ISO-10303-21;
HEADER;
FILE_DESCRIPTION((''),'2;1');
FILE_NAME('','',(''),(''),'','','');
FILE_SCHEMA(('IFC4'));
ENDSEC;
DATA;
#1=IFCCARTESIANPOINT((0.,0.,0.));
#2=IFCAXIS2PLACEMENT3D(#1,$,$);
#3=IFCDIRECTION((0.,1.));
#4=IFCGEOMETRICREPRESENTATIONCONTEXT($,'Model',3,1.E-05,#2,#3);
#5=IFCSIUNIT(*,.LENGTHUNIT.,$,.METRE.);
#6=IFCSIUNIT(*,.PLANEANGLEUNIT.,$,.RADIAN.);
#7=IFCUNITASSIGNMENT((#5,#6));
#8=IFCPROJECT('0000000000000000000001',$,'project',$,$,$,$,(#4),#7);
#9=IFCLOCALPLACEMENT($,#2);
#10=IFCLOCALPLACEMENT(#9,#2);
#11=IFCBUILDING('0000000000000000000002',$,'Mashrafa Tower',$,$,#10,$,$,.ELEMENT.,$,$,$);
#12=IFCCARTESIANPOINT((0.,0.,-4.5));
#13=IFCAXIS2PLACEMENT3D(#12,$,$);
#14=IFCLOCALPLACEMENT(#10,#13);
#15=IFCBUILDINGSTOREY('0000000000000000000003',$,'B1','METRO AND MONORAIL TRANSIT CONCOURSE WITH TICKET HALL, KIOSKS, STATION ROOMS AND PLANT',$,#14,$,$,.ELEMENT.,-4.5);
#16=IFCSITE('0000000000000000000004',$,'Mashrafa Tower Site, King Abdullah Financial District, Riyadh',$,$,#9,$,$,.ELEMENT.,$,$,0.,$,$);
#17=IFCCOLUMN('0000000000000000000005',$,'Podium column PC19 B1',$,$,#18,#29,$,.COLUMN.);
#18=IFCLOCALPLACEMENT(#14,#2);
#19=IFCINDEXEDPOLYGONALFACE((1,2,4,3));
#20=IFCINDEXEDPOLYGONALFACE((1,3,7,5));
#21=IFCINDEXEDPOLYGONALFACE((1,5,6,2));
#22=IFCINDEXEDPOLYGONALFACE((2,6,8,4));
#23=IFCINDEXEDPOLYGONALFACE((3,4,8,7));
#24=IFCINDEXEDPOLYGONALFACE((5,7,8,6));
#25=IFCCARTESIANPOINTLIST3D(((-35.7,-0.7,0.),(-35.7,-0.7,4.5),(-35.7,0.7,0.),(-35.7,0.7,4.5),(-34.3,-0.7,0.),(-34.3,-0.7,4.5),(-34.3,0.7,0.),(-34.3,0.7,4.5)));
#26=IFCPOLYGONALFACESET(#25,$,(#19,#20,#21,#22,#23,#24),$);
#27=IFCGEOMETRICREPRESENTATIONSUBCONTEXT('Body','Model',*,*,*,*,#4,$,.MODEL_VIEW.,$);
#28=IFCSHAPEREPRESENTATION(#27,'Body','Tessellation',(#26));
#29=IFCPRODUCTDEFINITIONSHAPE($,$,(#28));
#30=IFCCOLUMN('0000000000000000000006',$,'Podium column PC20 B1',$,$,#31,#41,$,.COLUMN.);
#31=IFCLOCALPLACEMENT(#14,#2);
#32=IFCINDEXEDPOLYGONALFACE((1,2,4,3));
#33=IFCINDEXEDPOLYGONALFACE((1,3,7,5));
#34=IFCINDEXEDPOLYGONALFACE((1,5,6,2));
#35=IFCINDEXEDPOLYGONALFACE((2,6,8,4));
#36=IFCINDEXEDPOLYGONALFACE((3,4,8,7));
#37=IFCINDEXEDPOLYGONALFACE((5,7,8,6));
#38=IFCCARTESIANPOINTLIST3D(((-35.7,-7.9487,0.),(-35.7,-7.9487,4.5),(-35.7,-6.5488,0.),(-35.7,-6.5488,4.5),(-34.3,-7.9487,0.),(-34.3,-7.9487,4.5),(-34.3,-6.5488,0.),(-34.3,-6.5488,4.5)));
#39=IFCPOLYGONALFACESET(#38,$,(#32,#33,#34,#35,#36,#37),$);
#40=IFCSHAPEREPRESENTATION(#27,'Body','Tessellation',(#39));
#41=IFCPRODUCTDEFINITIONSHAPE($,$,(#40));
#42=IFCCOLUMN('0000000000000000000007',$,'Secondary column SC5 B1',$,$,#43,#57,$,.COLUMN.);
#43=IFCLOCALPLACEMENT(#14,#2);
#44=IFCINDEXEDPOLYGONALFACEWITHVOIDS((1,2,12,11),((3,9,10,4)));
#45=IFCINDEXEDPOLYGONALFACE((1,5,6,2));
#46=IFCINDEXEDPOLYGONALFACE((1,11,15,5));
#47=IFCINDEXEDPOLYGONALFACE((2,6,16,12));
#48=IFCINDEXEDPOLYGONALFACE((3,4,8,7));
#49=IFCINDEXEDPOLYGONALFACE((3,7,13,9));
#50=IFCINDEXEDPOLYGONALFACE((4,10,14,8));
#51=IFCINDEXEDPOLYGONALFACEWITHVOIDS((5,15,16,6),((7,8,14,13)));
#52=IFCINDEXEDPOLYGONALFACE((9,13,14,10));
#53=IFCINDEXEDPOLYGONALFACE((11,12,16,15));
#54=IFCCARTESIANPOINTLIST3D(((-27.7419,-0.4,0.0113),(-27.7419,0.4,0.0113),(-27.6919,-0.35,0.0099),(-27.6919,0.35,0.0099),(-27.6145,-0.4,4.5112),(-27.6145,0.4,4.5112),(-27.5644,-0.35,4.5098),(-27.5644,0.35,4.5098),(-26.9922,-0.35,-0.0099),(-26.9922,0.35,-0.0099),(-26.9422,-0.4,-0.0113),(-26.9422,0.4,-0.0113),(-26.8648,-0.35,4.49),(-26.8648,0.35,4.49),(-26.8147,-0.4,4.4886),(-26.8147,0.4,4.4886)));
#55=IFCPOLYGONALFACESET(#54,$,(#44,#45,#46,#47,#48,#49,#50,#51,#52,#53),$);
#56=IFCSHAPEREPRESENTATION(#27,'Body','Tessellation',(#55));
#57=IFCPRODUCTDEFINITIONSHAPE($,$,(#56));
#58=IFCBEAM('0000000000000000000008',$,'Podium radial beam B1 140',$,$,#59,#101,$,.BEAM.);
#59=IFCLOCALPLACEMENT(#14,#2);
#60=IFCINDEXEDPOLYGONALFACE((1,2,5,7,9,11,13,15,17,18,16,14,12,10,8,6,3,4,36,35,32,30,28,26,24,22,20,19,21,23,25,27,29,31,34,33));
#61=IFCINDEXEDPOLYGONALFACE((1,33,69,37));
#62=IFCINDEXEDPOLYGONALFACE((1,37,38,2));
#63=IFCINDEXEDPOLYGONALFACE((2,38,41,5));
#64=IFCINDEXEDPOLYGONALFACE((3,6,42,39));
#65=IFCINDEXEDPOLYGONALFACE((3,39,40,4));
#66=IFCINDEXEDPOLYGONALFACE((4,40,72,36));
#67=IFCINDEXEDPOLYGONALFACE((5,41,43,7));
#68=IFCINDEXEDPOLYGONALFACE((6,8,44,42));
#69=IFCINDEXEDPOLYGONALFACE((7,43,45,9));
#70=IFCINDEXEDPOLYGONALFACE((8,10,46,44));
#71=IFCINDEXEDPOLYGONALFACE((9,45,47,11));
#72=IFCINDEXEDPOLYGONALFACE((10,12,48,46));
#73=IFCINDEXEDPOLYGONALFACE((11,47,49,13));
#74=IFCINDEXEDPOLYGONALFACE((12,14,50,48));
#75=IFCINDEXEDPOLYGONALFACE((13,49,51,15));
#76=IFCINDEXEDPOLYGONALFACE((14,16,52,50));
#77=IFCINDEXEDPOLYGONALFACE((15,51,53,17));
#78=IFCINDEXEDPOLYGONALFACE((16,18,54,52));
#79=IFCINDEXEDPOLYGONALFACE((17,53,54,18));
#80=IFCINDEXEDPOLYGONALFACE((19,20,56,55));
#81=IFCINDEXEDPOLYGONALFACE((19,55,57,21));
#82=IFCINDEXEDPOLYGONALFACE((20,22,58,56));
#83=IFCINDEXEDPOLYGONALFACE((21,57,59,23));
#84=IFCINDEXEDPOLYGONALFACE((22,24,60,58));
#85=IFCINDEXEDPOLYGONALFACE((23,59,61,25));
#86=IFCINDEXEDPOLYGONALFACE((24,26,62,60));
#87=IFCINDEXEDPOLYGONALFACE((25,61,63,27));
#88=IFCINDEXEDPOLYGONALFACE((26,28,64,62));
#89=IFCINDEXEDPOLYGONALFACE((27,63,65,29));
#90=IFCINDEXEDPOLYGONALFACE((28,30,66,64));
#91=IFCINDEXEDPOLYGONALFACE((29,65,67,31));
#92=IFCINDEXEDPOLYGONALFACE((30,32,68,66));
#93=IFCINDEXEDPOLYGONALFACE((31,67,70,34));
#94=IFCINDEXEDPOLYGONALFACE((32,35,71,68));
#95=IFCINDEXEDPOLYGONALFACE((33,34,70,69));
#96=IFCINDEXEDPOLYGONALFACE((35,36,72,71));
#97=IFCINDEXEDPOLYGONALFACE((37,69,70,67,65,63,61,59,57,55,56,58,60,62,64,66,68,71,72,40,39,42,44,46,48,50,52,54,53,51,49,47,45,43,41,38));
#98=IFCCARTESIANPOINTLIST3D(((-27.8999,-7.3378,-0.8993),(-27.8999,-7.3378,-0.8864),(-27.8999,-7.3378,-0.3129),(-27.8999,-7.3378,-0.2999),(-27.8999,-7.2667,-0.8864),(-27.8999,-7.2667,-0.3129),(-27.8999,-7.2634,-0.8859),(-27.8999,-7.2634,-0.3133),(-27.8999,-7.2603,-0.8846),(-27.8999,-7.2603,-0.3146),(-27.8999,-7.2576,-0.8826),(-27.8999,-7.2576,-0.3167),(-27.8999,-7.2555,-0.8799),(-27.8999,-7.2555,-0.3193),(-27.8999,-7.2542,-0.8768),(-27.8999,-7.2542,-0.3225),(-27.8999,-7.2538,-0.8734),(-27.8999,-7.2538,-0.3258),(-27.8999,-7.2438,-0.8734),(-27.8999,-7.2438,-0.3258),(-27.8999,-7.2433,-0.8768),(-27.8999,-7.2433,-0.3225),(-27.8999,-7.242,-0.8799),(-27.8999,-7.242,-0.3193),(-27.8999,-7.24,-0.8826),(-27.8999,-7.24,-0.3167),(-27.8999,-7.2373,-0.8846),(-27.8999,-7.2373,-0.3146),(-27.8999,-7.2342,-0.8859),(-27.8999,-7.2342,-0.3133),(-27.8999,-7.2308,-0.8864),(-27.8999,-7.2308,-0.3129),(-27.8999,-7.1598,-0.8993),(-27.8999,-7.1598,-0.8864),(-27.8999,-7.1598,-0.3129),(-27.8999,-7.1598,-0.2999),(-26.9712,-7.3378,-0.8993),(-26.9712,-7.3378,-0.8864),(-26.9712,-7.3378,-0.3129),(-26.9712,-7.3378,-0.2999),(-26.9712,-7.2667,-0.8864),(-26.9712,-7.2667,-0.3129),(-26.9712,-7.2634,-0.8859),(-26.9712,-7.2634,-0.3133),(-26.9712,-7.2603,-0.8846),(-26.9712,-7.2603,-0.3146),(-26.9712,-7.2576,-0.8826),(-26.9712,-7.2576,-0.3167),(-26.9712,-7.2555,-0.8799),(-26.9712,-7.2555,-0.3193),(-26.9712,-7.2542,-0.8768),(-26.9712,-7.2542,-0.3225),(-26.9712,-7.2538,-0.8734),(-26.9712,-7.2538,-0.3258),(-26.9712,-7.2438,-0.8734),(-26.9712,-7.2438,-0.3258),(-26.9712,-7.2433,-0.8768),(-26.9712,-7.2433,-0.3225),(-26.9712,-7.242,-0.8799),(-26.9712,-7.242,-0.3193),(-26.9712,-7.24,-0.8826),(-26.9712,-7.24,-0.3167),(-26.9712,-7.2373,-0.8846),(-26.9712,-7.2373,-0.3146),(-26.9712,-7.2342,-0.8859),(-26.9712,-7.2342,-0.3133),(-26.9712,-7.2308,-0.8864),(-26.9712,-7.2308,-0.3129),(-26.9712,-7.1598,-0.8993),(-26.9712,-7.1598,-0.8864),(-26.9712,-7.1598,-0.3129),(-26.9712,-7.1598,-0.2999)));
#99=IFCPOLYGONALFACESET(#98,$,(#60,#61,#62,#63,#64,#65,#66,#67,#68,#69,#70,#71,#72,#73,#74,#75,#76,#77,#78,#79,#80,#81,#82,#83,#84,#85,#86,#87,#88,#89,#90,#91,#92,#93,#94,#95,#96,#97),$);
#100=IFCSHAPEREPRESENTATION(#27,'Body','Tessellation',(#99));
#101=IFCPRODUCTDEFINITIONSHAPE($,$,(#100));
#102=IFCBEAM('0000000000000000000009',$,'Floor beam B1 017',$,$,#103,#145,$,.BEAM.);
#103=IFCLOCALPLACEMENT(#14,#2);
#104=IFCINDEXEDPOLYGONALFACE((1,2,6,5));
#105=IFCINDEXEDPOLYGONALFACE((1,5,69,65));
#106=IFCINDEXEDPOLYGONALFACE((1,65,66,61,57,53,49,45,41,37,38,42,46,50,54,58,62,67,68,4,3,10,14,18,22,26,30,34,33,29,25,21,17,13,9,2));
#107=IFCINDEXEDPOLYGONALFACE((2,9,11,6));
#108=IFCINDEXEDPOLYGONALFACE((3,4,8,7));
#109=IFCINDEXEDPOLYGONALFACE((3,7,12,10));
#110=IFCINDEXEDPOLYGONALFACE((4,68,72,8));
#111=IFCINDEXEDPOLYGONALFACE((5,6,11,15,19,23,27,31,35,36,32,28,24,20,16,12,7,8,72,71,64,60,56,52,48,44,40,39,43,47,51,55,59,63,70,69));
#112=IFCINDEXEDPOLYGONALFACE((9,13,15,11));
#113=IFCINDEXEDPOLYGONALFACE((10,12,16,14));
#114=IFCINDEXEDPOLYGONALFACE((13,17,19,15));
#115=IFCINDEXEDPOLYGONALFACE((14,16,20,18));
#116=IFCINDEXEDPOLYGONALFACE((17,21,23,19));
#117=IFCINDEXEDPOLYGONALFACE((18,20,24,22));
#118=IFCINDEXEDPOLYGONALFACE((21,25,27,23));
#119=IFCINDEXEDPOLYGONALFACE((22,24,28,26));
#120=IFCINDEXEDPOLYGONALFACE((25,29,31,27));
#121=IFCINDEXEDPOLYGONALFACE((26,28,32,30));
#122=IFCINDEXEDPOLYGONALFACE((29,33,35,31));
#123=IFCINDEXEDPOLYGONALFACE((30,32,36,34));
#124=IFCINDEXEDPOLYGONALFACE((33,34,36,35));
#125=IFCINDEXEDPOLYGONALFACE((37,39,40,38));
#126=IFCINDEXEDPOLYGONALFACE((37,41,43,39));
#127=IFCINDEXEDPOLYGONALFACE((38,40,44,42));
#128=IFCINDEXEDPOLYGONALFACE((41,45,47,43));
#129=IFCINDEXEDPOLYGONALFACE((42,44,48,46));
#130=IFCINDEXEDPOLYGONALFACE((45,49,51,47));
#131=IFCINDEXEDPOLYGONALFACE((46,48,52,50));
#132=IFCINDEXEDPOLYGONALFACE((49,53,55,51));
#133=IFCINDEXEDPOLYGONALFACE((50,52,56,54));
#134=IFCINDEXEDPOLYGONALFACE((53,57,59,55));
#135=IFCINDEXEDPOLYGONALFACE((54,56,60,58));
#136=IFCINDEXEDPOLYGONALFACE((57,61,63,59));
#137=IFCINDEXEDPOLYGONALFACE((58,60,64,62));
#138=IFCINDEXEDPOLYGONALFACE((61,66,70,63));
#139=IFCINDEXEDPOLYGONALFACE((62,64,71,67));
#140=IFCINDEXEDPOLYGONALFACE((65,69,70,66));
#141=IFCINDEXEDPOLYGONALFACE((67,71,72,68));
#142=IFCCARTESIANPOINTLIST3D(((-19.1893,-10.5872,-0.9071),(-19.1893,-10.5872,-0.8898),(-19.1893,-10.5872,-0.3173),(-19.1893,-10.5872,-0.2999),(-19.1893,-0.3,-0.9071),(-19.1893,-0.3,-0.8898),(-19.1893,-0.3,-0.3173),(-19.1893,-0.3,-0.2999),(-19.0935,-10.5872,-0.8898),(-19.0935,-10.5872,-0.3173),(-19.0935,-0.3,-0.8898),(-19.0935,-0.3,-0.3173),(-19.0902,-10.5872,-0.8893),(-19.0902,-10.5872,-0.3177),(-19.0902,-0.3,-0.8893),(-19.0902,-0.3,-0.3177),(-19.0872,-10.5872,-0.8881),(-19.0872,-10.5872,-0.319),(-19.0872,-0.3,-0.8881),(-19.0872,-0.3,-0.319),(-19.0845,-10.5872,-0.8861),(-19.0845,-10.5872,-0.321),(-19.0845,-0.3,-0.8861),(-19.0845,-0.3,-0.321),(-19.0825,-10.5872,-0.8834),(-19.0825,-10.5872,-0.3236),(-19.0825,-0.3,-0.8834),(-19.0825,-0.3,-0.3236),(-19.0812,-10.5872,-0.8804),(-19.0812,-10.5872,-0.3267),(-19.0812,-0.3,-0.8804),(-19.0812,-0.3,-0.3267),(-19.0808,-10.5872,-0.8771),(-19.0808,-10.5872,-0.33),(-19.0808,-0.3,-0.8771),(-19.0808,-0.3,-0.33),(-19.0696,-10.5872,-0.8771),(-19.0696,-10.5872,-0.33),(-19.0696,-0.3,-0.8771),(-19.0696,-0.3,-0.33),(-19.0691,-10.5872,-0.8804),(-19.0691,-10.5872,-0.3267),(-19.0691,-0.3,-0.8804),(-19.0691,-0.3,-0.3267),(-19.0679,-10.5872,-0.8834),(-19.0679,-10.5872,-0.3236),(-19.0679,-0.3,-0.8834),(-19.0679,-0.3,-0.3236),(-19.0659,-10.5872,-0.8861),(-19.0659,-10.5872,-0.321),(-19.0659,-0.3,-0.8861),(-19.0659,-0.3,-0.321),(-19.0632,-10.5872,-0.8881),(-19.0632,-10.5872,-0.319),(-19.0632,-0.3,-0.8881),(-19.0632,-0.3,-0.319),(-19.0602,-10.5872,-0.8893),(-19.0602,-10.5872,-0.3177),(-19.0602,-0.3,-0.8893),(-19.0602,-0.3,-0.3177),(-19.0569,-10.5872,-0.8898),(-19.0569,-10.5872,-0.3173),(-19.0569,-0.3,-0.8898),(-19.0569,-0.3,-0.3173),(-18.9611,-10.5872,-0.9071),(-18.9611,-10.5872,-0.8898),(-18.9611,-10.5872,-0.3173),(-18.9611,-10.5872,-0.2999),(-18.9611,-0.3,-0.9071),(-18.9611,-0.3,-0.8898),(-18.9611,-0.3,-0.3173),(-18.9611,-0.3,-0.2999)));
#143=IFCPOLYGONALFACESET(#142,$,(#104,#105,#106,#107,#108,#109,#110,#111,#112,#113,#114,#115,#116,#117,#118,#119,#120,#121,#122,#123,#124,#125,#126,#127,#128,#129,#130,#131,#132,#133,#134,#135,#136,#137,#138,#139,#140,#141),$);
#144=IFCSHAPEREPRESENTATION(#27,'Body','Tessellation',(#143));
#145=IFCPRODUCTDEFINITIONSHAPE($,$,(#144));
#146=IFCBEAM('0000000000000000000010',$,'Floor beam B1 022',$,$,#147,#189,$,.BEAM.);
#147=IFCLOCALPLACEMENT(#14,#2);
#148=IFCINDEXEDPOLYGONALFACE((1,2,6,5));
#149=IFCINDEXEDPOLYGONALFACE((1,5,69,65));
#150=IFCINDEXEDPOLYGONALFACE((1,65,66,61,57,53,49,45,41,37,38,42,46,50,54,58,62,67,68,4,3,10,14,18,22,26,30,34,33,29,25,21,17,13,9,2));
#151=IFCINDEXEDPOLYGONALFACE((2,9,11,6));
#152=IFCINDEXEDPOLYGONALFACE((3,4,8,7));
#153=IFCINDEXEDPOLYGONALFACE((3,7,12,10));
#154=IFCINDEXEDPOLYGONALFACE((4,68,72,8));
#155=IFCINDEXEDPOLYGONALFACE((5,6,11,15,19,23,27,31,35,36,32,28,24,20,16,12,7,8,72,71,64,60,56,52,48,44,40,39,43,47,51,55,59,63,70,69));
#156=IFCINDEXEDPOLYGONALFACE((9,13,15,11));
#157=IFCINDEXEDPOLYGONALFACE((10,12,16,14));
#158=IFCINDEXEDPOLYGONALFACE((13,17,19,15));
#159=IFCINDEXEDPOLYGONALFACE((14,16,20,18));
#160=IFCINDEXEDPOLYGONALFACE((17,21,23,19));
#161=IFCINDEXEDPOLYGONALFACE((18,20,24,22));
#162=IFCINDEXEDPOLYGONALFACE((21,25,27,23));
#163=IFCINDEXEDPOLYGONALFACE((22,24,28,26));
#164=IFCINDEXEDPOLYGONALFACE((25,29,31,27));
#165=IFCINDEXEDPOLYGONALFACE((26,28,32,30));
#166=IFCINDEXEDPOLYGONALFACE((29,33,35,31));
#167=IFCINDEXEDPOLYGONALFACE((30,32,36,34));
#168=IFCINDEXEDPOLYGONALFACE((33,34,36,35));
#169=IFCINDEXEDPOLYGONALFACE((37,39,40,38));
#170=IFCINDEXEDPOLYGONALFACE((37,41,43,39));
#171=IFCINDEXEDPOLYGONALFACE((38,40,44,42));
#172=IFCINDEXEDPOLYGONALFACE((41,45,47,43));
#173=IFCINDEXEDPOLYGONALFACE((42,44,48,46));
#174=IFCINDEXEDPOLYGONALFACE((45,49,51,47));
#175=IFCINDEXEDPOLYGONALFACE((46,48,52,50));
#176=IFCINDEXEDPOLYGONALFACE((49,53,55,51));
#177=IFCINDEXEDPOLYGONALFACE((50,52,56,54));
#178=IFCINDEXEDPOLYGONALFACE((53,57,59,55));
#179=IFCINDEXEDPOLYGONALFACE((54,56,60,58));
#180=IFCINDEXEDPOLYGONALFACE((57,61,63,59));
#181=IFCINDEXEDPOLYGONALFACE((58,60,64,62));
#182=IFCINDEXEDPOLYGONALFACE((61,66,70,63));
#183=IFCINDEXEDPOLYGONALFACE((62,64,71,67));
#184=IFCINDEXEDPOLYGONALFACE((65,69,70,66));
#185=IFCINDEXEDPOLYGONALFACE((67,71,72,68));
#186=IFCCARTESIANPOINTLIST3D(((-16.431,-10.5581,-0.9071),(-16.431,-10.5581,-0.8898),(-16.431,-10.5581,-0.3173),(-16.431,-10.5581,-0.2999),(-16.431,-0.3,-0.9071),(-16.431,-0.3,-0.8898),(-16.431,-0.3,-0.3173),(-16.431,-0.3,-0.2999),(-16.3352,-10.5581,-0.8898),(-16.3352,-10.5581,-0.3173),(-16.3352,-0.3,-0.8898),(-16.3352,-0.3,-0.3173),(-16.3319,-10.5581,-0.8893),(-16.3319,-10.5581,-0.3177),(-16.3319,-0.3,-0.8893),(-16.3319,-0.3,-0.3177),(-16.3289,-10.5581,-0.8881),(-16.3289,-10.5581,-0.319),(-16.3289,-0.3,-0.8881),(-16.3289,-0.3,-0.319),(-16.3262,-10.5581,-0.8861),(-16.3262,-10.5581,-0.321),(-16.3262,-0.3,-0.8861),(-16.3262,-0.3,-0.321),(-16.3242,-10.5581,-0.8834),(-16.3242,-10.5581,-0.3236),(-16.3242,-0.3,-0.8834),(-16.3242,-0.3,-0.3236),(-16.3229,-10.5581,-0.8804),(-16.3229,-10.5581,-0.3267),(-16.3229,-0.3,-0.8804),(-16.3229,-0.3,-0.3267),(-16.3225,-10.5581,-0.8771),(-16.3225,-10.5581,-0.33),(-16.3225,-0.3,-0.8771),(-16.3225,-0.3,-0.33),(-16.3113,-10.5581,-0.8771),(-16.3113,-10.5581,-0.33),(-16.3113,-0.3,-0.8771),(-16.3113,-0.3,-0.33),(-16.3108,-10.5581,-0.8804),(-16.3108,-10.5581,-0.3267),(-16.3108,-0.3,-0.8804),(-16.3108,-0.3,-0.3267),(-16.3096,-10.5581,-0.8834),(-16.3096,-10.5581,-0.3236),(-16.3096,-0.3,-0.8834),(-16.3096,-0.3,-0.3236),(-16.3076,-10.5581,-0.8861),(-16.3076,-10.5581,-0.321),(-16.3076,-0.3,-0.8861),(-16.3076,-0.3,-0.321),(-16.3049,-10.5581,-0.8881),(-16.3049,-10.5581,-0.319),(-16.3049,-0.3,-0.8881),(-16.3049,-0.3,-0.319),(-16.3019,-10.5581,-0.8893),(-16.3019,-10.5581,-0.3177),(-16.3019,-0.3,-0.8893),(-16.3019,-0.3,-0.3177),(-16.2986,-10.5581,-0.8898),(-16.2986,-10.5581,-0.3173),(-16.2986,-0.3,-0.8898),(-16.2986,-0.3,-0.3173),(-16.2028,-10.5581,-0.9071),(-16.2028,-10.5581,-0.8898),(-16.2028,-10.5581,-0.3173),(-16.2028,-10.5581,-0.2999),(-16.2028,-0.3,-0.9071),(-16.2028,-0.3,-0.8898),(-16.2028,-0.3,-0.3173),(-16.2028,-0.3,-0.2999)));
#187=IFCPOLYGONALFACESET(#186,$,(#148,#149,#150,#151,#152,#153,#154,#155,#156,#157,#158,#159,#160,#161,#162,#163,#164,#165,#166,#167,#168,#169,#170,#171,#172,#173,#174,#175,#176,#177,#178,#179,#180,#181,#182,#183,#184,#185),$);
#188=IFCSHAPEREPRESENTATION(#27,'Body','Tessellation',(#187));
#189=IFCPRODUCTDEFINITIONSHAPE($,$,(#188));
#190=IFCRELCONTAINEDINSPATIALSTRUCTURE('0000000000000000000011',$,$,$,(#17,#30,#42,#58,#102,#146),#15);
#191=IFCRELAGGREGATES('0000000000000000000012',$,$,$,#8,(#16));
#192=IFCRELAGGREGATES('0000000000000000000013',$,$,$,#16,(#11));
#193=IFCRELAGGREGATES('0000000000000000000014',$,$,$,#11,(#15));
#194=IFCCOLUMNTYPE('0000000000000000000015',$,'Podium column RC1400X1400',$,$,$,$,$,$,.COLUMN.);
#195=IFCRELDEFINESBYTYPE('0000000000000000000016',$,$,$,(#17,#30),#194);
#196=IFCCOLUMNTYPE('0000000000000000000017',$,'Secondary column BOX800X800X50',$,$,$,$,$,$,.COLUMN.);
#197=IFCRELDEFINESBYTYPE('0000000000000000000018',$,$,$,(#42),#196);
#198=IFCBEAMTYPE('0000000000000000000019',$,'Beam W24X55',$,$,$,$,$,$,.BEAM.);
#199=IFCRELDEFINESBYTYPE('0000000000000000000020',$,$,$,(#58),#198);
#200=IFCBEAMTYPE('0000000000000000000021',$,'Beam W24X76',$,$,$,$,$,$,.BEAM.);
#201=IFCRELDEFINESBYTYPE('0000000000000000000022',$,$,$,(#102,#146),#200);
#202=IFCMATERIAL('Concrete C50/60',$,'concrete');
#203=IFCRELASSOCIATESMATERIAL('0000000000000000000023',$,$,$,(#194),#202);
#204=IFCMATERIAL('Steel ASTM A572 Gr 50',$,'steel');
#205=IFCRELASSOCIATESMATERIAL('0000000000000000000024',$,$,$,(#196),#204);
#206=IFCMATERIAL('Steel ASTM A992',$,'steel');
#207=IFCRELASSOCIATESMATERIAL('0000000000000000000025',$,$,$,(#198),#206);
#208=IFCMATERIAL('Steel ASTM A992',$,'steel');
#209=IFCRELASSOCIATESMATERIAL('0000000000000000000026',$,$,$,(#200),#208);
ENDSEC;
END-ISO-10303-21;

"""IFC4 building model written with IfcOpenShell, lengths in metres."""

from ifc_helpers import new_model, si_unit, direction, frame, origin, origin_2d, place, context, subcontext, project, spatial, rectangle, hollow_rectangle, i_section, extrude, material, material_profile, profile_set, type_object, element, save


model = new_model("IFC4")

# Units and contexts
model_context = context("Model", 3, precision=1e-05, world=origin(), true_north=direction((0.0, 1.0)))
body_context = subcontext(model_context, "Body", "Model", "MODEL_VIEW")
ifc_project = project(units=[si_unit("LENGTHUNIT", "METRE"), si_unit("PLANEANGLEUNIT", "RADIAN")], contexts=[model_context])

# Site, building, storey
site_placement = place(None, origin())
site = spatial("IfcSite", under=ifc_project, at=site_placement, Name="Mashrafa Tower Site, King Abdullah Financial District, Riyadh", CompositionType="ELEMENT", RefElevation=0.0)
building_placement = place(site_placement, origin())
building = spatial("IfcBuilding", under=site, at=building_placement, Name="Mashrafa Tower", CompositionType="ELEMENT")
storey_placement = place(building_placement, frame((0.0, 0.0, -4.5)))
storey = spatial("IfcBuildingStorey", under=building, at=storey_placement, Name="B1", Description="METRO AND MONORAIL TRANSIT CONCOURSE WITH TICKET HALL, KIOSKS, STATION ROOMS AND PLANT", CompositionType="ELEMENT", Elevation=-4.5)

# Columns
ifc_material_1 = material(Name="Concrete C50/60", Category="concrete")
ifc_material_profile_1 = material_profile(ifc_material_1, rectangle(XDim=1.3999, YDim=1.3999, at=origin_2d()), Name="RC1400X1400")
ifc_profile_set_1 = profile_set([ifc_material_profile_1], Name="Concrete C50/60")
column_type_1 = type_object("IfcColumnType", Name="Podium column RC1400X1400", PredefinedType="COLUMN", material=ifc_profile_set_1)
for number, where, z_axis, x_axis, name in (
    (1, (-35.0, 0.0, 0.0), (0.0, 0.0, 1.0), (1.0, 0.0, 0.0), "Podium column PC19 B1"),
    (2, (-35.0, -7.2488, 0.0), (0.0, 0.0, 1.0), (1.0, 0.0, 0.0), "Podium column PC20 B1"),
):
    element("IfcColumn", number, at=place(storey_placement, frame(where, z_axis=z_axis, x_axis=x_axis)), inside=storey, type_object=column_type_1, Name=name, PredefinedType="COLUMN", context=body_context, shape_type="SweptSolid", body=[
        extrude(rectangle(XDim=1.3999, YDim=1.3999, at=origin_2d()), origin(), (0.0, 0.0, 1.0), 4.5),
    ])
ifc_material_2 = material(Name="Steel ASTM A572 Gr 50", Category="steel")
ifc_material_profile_2 = material_profile(ifc_material_2, hollow_rectangle(XDim=0.8, YDim=0.8, WallThickness=0.05, at=origin_2d()), Name="BOX800X800X50")
ifc_profile_set_2 = profile_set([ifc_material_profile_2], Name="Steel ASTM A572 Gr 50")
column_type_2 = type_object("IfcColumnType", Name="Secondary column BOX800X800X50", PredefinedType="COLUMN", material=ifc_profile_set_2)
column_placement = place(storey_placement, frame((-27.342, 0.0, 0.0), z_axis=(0.028309, 0.0, 0.999599), x_axis=(0.0, 1.0, 0.0)))
element("IfcColumn", 3, at=column_placement, inside=storey, type_object=column_type_2, Name="Secondary column SC5 B1", PredefinedType="COLUMN", context=body_context, shape_type="SweptSolid", body=[
    extrude(hollow_rectangle(XDim=0.8, YDim=0.8, WallThickness=0.05, at=origin_2d()), origin(), (0.0, 0.0, 1.0), 4.5017),
])

# Beams
ifc_material_3 = material(Name="Steel ASTM A992", Category="steel")
ifc_material_profile_3 = material_profile(ifc_material_3, i_section(OverallWidth=0.178, OverallDepth=0.5994, WebThickness=0.01, FlangeThickness=0.0129, FilletRadius=0.0129, at=origin_2d()), Name="W24X55")
ifc_profile_set_3 = profile_set([ifc_material_profile_3], Name="Steel ASTM A992")
beam_type_1 = type_object("IfcBeamType", Name="Beam W24X55", PredefinedType="BEAM", material=ifc_profile_set_3)
beam_1_placement = place(storey_placement, frame((-26.9712, -7.2488, -0.5996), z_axis=(-1.0, 0.0, 0.0), x_axis=(0.0, -1.0, 0.0)))
element("IfcBeam", 4, at=beam_1_placement, inside=storey, type_object=beam_type_1, Name="Podium radial beam B1 140", PredefinedType="BEAM", context=body_context, shape_type="SweptSolid", body=[
    extrude(i_section(OverallWidth=0.178, OverallDepth=0.5994, WebThickness=0.01, FlangeThickness=0.0129, FilletRadius=0.0129, at=origin_2d()), origin(), (0.0, 0.0, 1.0), 0.9287),
])
ifc_material_4 = material(Name="Steel ASTM A992", Category="steel")
ifc_material_profile_4 = material_profile(ifc_material_4, i_section(OverallWidth=0.2283, OverallDepth=0.6072, WebThickness=0.0112, FlangeThickness=0.0173, FilletRadius=0.0127, at=origin_2d()), Name="W24X76")
ifc_profile_set_4 = profile_set([ifc_material_profile_4], Name="Steel ASTM A992")
beam_type_2 = type_object("IfcBeamType", Name="Beam W24X76", PredefinedType="BEAM", material=ifc_profile_set_4)
beam_2_placement = place(storey_placement, frame((-19.0752, -10.5872, -0.6035), z_axis=(0.0, 1.0, 0.0), x_axis=(-1.0, 0.0, 0.0)))
element("IfcBeam", 5, at=beam_2_placement, inside=storey, type_object=beam_type_2, Name="Floor beam B1 017", PredefinedType="BEAM", context=body_context, shape_type="SweptSolid", body=[
    extrude(i_section(OverallWidth=0.2283, OverallDepth=0.6072, WebThickness=0.0112, FlangeThickness=0.0173, FilletRadius=0.0127, at=origin_2d()), origin(), (0.0, 0.0, 1.0), 10.2871),
])
beam_3_placement = place(storey_placement, frame((-16.3169, -10.5581, -0.6035), z_axis=(0.0, 1.0, 0.0), x_axis=(-1.0, 0.0, 0.0)))
element("IfcBeam", 6, at=beam_3_placement, inside=storey, type_object=beam_type_2, Name="Floor beam B1 022", PredefinedType="BEAM", context=body_context, shape_type="SweptSolid", body=[
    extrude(i_section(OverallWidth=0.2283, OverallDepth=0.6072, WebThickness=0.0112, FlangeThickness=0.0173, FilletRadius=0.0127, at=origin_2d()), origin(), (0.0, 0.0, 1.0), 10.2581),
])

save(model, "model.ifc")
